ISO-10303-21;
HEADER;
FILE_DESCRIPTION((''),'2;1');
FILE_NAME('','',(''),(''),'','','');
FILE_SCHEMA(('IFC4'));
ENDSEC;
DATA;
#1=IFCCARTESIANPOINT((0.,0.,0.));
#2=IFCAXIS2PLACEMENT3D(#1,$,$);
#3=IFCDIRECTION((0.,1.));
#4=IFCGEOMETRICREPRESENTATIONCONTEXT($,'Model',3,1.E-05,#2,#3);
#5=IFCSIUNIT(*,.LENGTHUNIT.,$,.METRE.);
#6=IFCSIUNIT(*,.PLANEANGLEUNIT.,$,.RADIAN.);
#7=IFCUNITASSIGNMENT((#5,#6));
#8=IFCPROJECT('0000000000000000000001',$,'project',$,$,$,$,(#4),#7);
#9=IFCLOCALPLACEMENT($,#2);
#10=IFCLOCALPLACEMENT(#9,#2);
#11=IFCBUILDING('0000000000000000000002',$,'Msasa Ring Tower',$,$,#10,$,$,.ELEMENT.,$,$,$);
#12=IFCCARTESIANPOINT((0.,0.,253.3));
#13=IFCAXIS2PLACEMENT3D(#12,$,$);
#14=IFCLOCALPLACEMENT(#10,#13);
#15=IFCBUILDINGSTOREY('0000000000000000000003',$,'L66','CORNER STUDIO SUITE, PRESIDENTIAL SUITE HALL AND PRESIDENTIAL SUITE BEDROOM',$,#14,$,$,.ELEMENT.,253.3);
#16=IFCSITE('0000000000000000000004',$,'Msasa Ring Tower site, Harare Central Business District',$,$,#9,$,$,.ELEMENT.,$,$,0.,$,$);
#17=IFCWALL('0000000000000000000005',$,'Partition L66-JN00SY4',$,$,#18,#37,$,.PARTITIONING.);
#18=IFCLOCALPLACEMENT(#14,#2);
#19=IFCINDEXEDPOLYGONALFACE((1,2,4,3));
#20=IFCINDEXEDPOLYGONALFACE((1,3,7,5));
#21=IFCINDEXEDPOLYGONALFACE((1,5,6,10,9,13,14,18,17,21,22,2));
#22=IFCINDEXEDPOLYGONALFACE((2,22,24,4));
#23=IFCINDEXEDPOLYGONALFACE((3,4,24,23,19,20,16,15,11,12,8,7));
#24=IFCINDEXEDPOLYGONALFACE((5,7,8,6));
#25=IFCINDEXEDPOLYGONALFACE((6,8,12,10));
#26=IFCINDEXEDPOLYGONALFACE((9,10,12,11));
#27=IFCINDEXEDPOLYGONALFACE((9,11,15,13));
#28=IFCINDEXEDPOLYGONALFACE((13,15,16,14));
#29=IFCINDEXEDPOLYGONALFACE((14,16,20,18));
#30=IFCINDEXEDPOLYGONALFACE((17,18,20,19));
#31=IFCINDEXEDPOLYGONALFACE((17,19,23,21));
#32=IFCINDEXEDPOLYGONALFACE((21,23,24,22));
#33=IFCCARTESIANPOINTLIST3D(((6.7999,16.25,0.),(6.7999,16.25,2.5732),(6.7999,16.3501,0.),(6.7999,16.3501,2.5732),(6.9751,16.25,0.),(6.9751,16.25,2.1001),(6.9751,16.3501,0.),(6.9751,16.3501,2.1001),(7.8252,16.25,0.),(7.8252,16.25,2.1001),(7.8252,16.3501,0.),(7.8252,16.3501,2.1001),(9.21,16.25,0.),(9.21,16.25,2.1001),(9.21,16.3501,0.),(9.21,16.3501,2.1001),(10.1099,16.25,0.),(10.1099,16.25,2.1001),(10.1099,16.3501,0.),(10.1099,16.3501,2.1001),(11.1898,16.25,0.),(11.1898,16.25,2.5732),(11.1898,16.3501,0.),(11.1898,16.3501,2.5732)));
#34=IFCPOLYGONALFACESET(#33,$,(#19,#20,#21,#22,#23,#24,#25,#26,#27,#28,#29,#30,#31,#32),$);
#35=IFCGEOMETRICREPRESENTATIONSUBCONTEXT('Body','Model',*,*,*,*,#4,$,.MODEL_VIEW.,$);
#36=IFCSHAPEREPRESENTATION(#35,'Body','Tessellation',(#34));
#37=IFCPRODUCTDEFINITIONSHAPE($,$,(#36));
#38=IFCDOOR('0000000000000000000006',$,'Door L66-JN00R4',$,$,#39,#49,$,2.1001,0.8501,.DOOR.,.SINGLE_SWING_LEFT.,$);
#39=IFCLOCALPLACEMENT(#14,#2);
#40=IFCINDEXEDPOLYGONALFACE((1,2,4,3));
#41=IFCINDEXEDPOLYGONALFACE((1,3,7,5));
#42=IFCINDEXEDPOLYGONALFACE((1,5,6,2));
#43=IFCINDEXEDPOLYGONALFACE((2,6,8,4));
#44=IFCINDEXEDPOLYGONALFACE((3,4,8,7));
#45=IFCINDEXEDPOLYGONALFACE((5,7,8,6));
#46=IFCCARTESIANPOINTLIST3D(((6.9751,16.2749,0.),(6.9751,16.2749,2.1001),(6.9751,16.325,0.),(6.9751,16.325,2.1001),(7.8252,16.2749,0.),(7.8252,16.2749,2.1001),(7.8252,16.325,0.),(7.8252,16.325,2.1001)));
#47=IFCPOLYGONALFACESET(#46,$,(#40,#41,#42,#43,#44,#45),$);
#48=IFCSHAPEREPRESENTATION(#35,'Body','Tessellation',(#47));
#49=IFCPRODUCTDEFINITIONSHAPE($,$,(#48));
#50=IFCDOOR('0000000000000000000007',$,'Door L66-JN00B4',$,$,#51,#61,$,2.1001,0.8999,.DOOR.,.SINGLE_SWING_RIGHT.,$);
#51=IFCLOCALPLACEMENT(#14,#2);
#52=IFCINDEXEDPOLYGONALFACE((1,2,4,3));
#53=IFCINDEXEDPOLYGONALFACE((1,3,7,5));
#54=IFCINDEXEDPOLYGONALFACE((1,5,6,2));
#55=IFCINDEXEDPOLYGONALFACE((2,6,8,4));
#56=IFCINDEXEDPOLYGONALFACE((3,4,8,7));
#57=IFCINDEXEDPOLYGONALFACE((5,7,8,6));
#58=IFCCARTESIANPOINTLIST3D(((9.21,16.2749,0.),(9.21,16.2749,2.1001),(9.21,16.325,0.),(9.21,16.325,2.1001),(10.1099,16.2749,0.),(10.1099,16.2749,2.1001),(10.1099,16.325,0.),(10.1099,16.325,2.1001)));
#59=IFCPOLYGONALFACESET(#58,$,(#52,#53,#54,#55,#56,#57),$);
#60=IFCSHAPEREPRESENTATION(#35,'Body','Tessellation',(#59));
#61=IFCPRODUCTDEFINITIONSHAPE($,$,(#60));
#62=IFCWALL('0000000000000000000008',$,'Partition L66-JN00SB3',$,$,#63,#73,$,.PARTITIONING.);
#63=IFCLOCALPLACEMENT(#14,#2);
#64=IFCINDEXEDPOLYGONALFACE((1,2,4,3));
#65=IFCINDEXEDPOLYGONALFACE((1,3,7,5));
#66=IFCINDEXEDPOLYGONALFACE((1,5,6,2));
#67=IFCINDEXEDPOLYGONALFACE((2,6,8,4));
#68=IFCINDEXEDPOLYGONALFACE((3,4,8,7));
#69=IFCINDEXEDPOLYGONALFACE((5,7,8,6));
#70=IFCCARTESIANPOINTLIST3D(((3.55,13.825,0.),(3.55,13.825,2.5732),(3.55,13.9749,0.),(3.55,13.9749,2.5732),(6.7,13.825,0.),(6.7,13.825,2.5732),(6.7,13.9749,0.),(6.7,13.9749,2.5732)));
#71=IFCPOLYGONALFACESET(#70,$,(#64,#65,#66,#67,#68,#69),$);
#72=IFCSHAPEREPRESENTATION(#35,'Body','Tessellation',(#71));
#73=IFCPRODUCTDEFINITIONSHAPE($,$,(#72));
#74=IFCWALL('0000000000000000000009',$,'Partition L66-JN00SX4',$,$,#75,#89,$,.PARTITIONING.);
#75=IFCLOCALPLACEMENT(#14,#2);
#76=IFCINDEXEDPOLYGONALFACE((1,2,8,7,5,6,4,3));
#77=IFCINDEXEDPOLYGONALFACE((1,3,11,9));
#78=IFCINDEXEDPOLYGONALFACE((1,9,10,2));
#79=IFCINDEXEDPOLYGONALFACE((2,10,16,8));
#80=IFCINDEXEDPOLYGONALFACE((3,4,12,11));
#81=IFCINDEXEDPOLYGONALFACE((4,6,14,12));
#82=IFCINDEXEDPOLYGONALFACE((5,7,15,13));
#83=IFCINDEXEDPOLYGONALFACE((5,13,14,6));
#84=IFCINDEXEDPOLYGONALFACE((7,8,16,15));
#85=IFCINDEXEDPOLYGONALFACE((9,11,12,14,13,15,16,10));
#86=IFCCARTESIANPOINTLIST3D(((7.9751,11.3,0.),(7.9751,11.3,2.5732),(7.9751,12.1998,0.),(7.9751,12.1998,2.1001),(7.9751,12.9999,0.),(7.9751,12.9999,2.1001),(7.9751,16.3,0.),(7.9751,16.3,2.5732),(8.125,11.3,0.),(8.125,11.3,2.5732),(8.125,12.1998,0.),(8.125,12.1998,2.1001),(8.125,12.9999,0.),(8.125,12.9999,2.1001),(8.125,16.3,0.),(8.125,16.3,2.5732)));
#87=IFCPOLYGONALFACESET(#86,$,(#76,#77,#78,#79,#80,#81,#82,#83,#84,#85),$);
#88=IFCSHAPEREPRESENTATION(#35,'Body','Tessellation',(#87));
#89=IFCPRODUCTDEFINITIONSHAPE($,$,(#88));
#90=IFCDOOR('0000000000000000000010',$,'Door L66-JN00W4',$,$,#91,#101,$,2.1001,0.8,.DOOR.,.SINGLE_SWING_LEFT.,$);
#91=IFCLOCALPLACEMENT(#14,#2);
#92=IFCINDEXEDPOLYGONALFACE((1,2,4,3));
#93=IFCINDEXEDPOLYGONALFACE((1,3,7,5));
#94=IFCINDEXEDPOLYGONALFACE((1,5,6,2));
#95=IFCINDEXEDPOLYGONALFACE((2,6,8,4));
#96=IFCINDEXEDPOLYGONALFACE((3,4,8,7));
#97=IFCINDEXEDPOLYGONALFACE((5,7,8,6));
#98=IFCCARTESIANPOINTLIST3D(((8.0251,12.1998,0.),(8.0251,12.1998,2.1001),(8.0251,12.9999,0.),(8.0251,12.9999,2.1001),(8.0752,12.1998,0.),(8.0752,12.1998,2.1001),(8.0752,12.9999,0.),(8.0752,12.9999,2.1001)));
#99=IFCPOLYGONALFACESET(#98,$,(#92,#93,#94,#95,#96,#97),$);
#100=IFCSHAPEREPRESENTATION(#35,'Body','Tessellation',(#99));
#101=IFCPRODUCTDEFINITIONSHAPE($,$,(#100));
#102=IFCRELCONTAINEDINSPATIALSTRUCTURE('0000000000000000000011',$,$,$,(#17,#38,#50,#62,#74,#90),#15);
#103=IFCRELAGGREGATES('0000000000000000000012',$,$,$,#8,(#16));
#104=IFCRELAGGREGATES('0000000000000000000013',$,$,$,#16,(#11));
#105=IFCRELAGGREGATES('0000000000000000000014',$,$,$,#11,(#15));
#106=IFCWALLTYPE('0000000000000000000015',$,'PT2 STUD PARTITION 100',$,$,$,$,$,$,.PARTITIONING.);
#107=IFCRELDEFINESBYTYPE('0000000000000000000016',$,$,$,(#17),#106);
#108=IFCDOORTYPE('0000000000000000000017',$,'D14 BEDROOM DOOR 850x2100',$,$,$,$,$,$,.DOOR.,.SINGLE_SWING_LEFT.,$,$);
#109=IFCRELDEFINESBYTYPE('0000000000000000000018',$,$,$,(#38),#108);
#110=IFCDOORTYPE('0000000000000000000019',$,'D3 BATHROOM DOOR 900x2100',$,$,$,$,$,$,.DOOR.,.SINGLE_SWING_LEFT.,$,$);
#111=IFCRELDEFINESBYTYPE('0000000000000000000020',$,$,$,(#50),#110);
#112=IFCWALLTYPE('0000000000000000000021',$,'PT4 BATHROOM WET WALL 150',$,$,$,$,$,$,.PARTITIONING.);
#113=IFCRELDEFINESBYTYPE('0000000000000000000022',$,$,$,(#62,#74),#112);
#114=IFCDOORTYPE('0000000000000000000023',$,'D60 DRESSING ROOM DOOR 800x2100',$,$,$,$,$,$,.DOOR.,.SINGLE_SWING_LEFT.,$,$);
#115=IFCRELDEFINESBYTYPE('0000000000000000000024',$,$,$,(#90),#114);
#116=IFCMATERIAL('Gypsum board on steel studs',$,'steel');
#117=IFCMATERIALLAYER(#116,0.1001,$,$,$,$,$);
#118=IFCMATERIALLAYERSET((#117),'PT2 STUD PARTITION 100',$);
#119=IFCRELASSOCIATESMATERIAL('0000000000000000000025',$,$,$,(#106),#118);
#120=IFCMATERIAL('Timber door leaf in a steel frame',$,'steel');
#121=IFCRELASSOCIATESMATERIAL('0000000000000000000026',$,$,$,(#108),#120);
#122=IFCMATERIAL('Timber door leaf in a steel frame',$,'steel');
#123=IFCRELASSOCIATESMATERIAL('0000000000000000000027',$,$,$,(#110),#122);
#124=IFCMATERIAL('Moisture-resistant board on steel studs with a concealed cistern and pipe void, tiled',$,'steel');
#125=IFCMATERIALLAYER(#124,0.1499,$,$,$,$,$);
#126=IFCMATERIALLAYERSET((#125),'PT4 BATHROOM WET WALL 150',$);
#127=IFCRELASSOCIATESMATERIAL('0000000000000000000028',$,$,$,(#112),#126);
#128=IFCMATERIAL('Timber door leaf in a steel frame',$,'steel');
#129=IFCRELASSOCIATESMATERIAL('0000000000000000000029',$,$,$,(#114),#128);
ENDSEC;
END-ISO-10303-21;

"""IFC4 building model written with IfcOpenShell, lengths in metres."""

from ifc_helpers import new_model, si_unit, direction, frame, frame_2d, origin, place, context, subcontext, project, spatial, rectangle, extrude, material, layer, layer_set, type_object, element, fill, save


model = new_model("IFC4")

# Units and contexts
model_context = context("Model", 3, precision=1e-05, world=origin(), true_north=direction((0.0, 1.0)))
body_context = subcontext(model_context, "Body", "Model", "MODEL_VIEW")
ifc_project = project(units=[si_unit("LENGTHUNIT", "METRE"), si_unit("PLANEANGLEUNIT", "RADIAN")], contexts=[model_context])

# Site, building, storey
site_placement = place(None, origin())
site = spatial("IfcSite", under=ifc_project, at=site_placement, Name="Msasa Ring Tower site, Harare Central Business District", CompositionType="ELEMENT", RefElevation=0.0)
building_placement = place(site_placement, origin())
building = spatial("IfcBuilding", under=site, at=building_placement, Name="Msasa Ring Tower", CompositionType="ELEMENT")
storey_placement = place(building_placement, frame((0.0, 0.0, 253.3)))
storey = spatial("IfcBuildingStorey", under=building, at=storey_placement, Name="L66", Description="CORNER STUDIO SUITE, PRESIDENTIAL SUITE HALL AND PRESIDENTIAL SUITE BEDROOM", CompositionType="ELEMENT", Elevation=253.3)

# Wall, openings, doors
ifc_material_1 = material(Name="Gypsum board on steel studs", Category="steel")
ifc_layer_1 = layer(ifc_material_1, 0.1001)
ifc_layer_set_1 = layer_set([ifc_layer_1], Name="PT2 STUD PARTITION 100")
wall_type_1 = type_object("IfcWallType", Name="PT2 STUD PARTITION 100", PredefinedType="PARTITIONING", material=ifc_layer_set_1)
ifc_material_2 = material(Name="Timber door leaf in a steel frame", Category="steel")
door_type_1 = type_object("IfcDoorType", Name="D14 BEDROOM DOOR 850x2100", OperationType="SINGLE_SWING_LEFT", PredefinedType="DOOR", material=ifc_material_2)
ifc_material_3 = material(Name="Timber door leaf in a steel frame", Category="steel")
door_type_2 = type_object("IfcDoorType", Name="D3 BATHROOM DOOR 900x2100", OperationType="SINGLE_SWING_LEFT", PredefinedType="DOOR", material=ifc_material_3)
wall_1_placement = place(storey_placement, frame((6.8, 16.3, 0.0), z_axis=(0.0, 0.0, 1.0), x_axis=(1.0, 0.0, 0.0)))
wall_1 = element("IfcWall", 1, at=wall_1_placement, inside=storey, type_object=wall_type_1, Name="Partition L66-JN00SY4", PredefinedType="PARTITIONING", context=body_context, shape_type="SweptSolid", body=[
    extrude(rectangle(XDim=4.3899, YDim=0.1001, at=frame_2d((2.1948, 0.0))), origin(), (0.0, 0.0, 1.0), 2.5732),
])
opening_1_placement = place(wall_1_placement, frame((0.175, 0.0, 0.0)))
opening_1 = element("IfcOpeningElement", 2, at=opening_1_placement, cuts=wall_1, PredefinedType="OPENING", context=body_context, shape_type="SweptSolid", body=[
    extrude(rectangle(XDim=0.8501, YDim=2.1001, at=frame_2d((0.425, 1.05))), frame((0.0, 0.0601, 0.0), z_axis=(0.0, -1.0, 0.0), x_axis=(1.0, 0.0, 0.0)), (0.0, 0.0, 1.0), 0.1201),
])
opening_2_placement = place(wall_1_placement, frame((2.4099, 0.0, 0.0)))
opening_2 = element("IfcOpeningElement", 3, at=opening_2_placement, cuts=wall_1, PredefinedType="OPENING", context=body_context, shape_type="SweptSolid", body=[
    extrude(rectangle(XDim=0.8999, YDim=2.1001, at=frame_2d((0.45, 1.05))), frame((0.0, 0.0601, 0.0), z_axis=(0.0, -1.0, 0.0), x_axis=(1.0, 0.0, 0.0)), (0.0, 0.0, 1.0), 0.1201),
])
door_1_placement = place(opening_1_placement, origin())
door_1 = element("IfcDoor", 4, at=door_1_placement, inside=storey, type_object=door_type_1, Name="Door L66-JN00R4", OperationType="SINGLE_SWING_LEFT", OverallHeight=2.1001, OverallWidth=0.8501, PredefinedType="DOOR", context=body_context, shape_type="SweptSolid", body=[
    extrude(rectangle(XDim=0.8501, YDim=2.1001, at=frame_2d((0.425, 1.05))), frame((0.0, 0.0249, 0.0), z_axis=(0.0, -1.0, 0.0), x_axis=(1.0, 0.0, 0.0)), (0.0, 0.0, 1.0), 0.05),
])
fill(opening_1, door_1)
door_2_placement = place(opening_2_placement, origin())
door_2 = element("IfcDoor", 5, at=door_2_placement, inside=storey, type_object=door_type_2, Name="Door L66-JN00B4", OperationType="SINGLE_SWING_RIGHT", OverallHeight=2.1001, OverallWidth=0.8999, PredefinedType="DOOR", context=body_context, shape_type="SweptSolid", body=[
    extrude(rectangle(XDim=0.8999, YDim=2.1001, at=frame_2d((0.45, 1.05))), frame((0.0, 0.0249, 0.0), z_axis=(0.0, -1.0, 0.0), x_axis=(1.0, 0.0, 0.0)), (0.0, 0.0, 1.0), 0.05),
])
fill(opening_2, door_2)

# Wall
ifc_material_4 = material(Name="Moisture-resistant board on steel studs with a concealed cistern and pipe void, tiled", Category="steel")
ifc_layer_2 = layer(ifc_material_4, 0.1499)
ifc_layer_set_2 = layer_set([ifc_layer_2], Name="PT4 BATHROOM WET WALL 150")
wall_type_2 = type_object("IfcWallType", Name="PT4 BATHROOM WET WALL 150", PredefinedType="PARTITIONING", material=ifc_layer_set_2)
wall_2_placement = place(storey_placement, frame((3.55, 13.8999, 0.0), z_axis=(0.0, 0.0, 1.0), x_axis=(1.0, 0.0, 0.0)))
element("IfcWall", 6, at=wall_2_placement, inside=storey, type_object=wall_type_2, Name="Partition L66-JN00SB3", PredefinedType="PARTITIONING", context=body_context, shape_type="SweptSolid", body=[
    extrude(rectangle(XDim=3.1499, YDim=0.1499, at=frame_2d((1.575, 0.0))), origin(), (0.0, 0.0, 1.0), 2.5732),
])

# Wall, opening, door
wall_3_placement = place(storey_placement, frame((8.05, 11.3, 0.0), z_axis=(0.0, 0.0, 1.0), x_axis=(0.0, 1.0, 0.0)))
wall_3 = element("IfcWall", 7, at=wall_3_placement, inside=storey, type_object=wall_type_2, Name="Partition L66-JN00SX4", PredefinedType="PARTITIONING", context=body_context, shape_type="SweptSolid", body=[
    extrude(rectangle(XDim=5.0, YDim=0.1499, at=frame_2d((2.5, 0.0))), origin(), (0.0, 0.0, 1.0), 2.5732),
])
opening_3_placement = place(wall_3_placement, frame((0.8999, 0.0, 0.0)))
opening_3 = element("IfcOpeningElement", 8, at=opening_3_placement, cuts=wall_3, PredefinedType="OPENING", context=body_context, shape_type="SweptSolid", body=[
    extrude(rectangle(XDim=0.8, YDim=2.1001, at=frame_2d((0.3999, 1.05))), frame((0.0, 0.085, 0.0), z_axis=(0.0, -1.0, 0.0), x_axis=(1.0, 0.0, 0.0)), (0.0, 0.0, 1.0), 0.1699),
])
ifc_material_5 = material(Name="Timber door leaf in a steel frame", Category="steel")
door_type_3 = type_object("IfcDoorType", Name="D60 DRESSING ROOM DOOR 800x2100", OperationType="SINGLE_SWING_LEFT", PredefinedType="DOOR", material=ifc_material_5)
door_3_placement = place(opening_3_placement, origin())
door_3 = element("IfcDoor", 9, at=door_3_placement, inside=storey, type_object=door_type_3, Name="Door L66-JN00W4", OperationType="SINGLE_SWING_LEFT", OverallHeight=2.1001, OverallWidth=0.8, PredefinedType="DOOR", context=body_context, shape_type="SweptSolid", body=[
    extrude(rectangle(XDim=0.8, YDim=2.1001, at=frame_2d((0.3999, 1.05))), frame((0.0, 0.0249, 0.0), z_axis=(0.0, -1.0, 0.0), x_axis=(1.0, 0.0, 0.0)), (0.0, 0.0, 1.0), 0.05),
])
fill(opening_3, door_3)

save(model, "model.ifc")
